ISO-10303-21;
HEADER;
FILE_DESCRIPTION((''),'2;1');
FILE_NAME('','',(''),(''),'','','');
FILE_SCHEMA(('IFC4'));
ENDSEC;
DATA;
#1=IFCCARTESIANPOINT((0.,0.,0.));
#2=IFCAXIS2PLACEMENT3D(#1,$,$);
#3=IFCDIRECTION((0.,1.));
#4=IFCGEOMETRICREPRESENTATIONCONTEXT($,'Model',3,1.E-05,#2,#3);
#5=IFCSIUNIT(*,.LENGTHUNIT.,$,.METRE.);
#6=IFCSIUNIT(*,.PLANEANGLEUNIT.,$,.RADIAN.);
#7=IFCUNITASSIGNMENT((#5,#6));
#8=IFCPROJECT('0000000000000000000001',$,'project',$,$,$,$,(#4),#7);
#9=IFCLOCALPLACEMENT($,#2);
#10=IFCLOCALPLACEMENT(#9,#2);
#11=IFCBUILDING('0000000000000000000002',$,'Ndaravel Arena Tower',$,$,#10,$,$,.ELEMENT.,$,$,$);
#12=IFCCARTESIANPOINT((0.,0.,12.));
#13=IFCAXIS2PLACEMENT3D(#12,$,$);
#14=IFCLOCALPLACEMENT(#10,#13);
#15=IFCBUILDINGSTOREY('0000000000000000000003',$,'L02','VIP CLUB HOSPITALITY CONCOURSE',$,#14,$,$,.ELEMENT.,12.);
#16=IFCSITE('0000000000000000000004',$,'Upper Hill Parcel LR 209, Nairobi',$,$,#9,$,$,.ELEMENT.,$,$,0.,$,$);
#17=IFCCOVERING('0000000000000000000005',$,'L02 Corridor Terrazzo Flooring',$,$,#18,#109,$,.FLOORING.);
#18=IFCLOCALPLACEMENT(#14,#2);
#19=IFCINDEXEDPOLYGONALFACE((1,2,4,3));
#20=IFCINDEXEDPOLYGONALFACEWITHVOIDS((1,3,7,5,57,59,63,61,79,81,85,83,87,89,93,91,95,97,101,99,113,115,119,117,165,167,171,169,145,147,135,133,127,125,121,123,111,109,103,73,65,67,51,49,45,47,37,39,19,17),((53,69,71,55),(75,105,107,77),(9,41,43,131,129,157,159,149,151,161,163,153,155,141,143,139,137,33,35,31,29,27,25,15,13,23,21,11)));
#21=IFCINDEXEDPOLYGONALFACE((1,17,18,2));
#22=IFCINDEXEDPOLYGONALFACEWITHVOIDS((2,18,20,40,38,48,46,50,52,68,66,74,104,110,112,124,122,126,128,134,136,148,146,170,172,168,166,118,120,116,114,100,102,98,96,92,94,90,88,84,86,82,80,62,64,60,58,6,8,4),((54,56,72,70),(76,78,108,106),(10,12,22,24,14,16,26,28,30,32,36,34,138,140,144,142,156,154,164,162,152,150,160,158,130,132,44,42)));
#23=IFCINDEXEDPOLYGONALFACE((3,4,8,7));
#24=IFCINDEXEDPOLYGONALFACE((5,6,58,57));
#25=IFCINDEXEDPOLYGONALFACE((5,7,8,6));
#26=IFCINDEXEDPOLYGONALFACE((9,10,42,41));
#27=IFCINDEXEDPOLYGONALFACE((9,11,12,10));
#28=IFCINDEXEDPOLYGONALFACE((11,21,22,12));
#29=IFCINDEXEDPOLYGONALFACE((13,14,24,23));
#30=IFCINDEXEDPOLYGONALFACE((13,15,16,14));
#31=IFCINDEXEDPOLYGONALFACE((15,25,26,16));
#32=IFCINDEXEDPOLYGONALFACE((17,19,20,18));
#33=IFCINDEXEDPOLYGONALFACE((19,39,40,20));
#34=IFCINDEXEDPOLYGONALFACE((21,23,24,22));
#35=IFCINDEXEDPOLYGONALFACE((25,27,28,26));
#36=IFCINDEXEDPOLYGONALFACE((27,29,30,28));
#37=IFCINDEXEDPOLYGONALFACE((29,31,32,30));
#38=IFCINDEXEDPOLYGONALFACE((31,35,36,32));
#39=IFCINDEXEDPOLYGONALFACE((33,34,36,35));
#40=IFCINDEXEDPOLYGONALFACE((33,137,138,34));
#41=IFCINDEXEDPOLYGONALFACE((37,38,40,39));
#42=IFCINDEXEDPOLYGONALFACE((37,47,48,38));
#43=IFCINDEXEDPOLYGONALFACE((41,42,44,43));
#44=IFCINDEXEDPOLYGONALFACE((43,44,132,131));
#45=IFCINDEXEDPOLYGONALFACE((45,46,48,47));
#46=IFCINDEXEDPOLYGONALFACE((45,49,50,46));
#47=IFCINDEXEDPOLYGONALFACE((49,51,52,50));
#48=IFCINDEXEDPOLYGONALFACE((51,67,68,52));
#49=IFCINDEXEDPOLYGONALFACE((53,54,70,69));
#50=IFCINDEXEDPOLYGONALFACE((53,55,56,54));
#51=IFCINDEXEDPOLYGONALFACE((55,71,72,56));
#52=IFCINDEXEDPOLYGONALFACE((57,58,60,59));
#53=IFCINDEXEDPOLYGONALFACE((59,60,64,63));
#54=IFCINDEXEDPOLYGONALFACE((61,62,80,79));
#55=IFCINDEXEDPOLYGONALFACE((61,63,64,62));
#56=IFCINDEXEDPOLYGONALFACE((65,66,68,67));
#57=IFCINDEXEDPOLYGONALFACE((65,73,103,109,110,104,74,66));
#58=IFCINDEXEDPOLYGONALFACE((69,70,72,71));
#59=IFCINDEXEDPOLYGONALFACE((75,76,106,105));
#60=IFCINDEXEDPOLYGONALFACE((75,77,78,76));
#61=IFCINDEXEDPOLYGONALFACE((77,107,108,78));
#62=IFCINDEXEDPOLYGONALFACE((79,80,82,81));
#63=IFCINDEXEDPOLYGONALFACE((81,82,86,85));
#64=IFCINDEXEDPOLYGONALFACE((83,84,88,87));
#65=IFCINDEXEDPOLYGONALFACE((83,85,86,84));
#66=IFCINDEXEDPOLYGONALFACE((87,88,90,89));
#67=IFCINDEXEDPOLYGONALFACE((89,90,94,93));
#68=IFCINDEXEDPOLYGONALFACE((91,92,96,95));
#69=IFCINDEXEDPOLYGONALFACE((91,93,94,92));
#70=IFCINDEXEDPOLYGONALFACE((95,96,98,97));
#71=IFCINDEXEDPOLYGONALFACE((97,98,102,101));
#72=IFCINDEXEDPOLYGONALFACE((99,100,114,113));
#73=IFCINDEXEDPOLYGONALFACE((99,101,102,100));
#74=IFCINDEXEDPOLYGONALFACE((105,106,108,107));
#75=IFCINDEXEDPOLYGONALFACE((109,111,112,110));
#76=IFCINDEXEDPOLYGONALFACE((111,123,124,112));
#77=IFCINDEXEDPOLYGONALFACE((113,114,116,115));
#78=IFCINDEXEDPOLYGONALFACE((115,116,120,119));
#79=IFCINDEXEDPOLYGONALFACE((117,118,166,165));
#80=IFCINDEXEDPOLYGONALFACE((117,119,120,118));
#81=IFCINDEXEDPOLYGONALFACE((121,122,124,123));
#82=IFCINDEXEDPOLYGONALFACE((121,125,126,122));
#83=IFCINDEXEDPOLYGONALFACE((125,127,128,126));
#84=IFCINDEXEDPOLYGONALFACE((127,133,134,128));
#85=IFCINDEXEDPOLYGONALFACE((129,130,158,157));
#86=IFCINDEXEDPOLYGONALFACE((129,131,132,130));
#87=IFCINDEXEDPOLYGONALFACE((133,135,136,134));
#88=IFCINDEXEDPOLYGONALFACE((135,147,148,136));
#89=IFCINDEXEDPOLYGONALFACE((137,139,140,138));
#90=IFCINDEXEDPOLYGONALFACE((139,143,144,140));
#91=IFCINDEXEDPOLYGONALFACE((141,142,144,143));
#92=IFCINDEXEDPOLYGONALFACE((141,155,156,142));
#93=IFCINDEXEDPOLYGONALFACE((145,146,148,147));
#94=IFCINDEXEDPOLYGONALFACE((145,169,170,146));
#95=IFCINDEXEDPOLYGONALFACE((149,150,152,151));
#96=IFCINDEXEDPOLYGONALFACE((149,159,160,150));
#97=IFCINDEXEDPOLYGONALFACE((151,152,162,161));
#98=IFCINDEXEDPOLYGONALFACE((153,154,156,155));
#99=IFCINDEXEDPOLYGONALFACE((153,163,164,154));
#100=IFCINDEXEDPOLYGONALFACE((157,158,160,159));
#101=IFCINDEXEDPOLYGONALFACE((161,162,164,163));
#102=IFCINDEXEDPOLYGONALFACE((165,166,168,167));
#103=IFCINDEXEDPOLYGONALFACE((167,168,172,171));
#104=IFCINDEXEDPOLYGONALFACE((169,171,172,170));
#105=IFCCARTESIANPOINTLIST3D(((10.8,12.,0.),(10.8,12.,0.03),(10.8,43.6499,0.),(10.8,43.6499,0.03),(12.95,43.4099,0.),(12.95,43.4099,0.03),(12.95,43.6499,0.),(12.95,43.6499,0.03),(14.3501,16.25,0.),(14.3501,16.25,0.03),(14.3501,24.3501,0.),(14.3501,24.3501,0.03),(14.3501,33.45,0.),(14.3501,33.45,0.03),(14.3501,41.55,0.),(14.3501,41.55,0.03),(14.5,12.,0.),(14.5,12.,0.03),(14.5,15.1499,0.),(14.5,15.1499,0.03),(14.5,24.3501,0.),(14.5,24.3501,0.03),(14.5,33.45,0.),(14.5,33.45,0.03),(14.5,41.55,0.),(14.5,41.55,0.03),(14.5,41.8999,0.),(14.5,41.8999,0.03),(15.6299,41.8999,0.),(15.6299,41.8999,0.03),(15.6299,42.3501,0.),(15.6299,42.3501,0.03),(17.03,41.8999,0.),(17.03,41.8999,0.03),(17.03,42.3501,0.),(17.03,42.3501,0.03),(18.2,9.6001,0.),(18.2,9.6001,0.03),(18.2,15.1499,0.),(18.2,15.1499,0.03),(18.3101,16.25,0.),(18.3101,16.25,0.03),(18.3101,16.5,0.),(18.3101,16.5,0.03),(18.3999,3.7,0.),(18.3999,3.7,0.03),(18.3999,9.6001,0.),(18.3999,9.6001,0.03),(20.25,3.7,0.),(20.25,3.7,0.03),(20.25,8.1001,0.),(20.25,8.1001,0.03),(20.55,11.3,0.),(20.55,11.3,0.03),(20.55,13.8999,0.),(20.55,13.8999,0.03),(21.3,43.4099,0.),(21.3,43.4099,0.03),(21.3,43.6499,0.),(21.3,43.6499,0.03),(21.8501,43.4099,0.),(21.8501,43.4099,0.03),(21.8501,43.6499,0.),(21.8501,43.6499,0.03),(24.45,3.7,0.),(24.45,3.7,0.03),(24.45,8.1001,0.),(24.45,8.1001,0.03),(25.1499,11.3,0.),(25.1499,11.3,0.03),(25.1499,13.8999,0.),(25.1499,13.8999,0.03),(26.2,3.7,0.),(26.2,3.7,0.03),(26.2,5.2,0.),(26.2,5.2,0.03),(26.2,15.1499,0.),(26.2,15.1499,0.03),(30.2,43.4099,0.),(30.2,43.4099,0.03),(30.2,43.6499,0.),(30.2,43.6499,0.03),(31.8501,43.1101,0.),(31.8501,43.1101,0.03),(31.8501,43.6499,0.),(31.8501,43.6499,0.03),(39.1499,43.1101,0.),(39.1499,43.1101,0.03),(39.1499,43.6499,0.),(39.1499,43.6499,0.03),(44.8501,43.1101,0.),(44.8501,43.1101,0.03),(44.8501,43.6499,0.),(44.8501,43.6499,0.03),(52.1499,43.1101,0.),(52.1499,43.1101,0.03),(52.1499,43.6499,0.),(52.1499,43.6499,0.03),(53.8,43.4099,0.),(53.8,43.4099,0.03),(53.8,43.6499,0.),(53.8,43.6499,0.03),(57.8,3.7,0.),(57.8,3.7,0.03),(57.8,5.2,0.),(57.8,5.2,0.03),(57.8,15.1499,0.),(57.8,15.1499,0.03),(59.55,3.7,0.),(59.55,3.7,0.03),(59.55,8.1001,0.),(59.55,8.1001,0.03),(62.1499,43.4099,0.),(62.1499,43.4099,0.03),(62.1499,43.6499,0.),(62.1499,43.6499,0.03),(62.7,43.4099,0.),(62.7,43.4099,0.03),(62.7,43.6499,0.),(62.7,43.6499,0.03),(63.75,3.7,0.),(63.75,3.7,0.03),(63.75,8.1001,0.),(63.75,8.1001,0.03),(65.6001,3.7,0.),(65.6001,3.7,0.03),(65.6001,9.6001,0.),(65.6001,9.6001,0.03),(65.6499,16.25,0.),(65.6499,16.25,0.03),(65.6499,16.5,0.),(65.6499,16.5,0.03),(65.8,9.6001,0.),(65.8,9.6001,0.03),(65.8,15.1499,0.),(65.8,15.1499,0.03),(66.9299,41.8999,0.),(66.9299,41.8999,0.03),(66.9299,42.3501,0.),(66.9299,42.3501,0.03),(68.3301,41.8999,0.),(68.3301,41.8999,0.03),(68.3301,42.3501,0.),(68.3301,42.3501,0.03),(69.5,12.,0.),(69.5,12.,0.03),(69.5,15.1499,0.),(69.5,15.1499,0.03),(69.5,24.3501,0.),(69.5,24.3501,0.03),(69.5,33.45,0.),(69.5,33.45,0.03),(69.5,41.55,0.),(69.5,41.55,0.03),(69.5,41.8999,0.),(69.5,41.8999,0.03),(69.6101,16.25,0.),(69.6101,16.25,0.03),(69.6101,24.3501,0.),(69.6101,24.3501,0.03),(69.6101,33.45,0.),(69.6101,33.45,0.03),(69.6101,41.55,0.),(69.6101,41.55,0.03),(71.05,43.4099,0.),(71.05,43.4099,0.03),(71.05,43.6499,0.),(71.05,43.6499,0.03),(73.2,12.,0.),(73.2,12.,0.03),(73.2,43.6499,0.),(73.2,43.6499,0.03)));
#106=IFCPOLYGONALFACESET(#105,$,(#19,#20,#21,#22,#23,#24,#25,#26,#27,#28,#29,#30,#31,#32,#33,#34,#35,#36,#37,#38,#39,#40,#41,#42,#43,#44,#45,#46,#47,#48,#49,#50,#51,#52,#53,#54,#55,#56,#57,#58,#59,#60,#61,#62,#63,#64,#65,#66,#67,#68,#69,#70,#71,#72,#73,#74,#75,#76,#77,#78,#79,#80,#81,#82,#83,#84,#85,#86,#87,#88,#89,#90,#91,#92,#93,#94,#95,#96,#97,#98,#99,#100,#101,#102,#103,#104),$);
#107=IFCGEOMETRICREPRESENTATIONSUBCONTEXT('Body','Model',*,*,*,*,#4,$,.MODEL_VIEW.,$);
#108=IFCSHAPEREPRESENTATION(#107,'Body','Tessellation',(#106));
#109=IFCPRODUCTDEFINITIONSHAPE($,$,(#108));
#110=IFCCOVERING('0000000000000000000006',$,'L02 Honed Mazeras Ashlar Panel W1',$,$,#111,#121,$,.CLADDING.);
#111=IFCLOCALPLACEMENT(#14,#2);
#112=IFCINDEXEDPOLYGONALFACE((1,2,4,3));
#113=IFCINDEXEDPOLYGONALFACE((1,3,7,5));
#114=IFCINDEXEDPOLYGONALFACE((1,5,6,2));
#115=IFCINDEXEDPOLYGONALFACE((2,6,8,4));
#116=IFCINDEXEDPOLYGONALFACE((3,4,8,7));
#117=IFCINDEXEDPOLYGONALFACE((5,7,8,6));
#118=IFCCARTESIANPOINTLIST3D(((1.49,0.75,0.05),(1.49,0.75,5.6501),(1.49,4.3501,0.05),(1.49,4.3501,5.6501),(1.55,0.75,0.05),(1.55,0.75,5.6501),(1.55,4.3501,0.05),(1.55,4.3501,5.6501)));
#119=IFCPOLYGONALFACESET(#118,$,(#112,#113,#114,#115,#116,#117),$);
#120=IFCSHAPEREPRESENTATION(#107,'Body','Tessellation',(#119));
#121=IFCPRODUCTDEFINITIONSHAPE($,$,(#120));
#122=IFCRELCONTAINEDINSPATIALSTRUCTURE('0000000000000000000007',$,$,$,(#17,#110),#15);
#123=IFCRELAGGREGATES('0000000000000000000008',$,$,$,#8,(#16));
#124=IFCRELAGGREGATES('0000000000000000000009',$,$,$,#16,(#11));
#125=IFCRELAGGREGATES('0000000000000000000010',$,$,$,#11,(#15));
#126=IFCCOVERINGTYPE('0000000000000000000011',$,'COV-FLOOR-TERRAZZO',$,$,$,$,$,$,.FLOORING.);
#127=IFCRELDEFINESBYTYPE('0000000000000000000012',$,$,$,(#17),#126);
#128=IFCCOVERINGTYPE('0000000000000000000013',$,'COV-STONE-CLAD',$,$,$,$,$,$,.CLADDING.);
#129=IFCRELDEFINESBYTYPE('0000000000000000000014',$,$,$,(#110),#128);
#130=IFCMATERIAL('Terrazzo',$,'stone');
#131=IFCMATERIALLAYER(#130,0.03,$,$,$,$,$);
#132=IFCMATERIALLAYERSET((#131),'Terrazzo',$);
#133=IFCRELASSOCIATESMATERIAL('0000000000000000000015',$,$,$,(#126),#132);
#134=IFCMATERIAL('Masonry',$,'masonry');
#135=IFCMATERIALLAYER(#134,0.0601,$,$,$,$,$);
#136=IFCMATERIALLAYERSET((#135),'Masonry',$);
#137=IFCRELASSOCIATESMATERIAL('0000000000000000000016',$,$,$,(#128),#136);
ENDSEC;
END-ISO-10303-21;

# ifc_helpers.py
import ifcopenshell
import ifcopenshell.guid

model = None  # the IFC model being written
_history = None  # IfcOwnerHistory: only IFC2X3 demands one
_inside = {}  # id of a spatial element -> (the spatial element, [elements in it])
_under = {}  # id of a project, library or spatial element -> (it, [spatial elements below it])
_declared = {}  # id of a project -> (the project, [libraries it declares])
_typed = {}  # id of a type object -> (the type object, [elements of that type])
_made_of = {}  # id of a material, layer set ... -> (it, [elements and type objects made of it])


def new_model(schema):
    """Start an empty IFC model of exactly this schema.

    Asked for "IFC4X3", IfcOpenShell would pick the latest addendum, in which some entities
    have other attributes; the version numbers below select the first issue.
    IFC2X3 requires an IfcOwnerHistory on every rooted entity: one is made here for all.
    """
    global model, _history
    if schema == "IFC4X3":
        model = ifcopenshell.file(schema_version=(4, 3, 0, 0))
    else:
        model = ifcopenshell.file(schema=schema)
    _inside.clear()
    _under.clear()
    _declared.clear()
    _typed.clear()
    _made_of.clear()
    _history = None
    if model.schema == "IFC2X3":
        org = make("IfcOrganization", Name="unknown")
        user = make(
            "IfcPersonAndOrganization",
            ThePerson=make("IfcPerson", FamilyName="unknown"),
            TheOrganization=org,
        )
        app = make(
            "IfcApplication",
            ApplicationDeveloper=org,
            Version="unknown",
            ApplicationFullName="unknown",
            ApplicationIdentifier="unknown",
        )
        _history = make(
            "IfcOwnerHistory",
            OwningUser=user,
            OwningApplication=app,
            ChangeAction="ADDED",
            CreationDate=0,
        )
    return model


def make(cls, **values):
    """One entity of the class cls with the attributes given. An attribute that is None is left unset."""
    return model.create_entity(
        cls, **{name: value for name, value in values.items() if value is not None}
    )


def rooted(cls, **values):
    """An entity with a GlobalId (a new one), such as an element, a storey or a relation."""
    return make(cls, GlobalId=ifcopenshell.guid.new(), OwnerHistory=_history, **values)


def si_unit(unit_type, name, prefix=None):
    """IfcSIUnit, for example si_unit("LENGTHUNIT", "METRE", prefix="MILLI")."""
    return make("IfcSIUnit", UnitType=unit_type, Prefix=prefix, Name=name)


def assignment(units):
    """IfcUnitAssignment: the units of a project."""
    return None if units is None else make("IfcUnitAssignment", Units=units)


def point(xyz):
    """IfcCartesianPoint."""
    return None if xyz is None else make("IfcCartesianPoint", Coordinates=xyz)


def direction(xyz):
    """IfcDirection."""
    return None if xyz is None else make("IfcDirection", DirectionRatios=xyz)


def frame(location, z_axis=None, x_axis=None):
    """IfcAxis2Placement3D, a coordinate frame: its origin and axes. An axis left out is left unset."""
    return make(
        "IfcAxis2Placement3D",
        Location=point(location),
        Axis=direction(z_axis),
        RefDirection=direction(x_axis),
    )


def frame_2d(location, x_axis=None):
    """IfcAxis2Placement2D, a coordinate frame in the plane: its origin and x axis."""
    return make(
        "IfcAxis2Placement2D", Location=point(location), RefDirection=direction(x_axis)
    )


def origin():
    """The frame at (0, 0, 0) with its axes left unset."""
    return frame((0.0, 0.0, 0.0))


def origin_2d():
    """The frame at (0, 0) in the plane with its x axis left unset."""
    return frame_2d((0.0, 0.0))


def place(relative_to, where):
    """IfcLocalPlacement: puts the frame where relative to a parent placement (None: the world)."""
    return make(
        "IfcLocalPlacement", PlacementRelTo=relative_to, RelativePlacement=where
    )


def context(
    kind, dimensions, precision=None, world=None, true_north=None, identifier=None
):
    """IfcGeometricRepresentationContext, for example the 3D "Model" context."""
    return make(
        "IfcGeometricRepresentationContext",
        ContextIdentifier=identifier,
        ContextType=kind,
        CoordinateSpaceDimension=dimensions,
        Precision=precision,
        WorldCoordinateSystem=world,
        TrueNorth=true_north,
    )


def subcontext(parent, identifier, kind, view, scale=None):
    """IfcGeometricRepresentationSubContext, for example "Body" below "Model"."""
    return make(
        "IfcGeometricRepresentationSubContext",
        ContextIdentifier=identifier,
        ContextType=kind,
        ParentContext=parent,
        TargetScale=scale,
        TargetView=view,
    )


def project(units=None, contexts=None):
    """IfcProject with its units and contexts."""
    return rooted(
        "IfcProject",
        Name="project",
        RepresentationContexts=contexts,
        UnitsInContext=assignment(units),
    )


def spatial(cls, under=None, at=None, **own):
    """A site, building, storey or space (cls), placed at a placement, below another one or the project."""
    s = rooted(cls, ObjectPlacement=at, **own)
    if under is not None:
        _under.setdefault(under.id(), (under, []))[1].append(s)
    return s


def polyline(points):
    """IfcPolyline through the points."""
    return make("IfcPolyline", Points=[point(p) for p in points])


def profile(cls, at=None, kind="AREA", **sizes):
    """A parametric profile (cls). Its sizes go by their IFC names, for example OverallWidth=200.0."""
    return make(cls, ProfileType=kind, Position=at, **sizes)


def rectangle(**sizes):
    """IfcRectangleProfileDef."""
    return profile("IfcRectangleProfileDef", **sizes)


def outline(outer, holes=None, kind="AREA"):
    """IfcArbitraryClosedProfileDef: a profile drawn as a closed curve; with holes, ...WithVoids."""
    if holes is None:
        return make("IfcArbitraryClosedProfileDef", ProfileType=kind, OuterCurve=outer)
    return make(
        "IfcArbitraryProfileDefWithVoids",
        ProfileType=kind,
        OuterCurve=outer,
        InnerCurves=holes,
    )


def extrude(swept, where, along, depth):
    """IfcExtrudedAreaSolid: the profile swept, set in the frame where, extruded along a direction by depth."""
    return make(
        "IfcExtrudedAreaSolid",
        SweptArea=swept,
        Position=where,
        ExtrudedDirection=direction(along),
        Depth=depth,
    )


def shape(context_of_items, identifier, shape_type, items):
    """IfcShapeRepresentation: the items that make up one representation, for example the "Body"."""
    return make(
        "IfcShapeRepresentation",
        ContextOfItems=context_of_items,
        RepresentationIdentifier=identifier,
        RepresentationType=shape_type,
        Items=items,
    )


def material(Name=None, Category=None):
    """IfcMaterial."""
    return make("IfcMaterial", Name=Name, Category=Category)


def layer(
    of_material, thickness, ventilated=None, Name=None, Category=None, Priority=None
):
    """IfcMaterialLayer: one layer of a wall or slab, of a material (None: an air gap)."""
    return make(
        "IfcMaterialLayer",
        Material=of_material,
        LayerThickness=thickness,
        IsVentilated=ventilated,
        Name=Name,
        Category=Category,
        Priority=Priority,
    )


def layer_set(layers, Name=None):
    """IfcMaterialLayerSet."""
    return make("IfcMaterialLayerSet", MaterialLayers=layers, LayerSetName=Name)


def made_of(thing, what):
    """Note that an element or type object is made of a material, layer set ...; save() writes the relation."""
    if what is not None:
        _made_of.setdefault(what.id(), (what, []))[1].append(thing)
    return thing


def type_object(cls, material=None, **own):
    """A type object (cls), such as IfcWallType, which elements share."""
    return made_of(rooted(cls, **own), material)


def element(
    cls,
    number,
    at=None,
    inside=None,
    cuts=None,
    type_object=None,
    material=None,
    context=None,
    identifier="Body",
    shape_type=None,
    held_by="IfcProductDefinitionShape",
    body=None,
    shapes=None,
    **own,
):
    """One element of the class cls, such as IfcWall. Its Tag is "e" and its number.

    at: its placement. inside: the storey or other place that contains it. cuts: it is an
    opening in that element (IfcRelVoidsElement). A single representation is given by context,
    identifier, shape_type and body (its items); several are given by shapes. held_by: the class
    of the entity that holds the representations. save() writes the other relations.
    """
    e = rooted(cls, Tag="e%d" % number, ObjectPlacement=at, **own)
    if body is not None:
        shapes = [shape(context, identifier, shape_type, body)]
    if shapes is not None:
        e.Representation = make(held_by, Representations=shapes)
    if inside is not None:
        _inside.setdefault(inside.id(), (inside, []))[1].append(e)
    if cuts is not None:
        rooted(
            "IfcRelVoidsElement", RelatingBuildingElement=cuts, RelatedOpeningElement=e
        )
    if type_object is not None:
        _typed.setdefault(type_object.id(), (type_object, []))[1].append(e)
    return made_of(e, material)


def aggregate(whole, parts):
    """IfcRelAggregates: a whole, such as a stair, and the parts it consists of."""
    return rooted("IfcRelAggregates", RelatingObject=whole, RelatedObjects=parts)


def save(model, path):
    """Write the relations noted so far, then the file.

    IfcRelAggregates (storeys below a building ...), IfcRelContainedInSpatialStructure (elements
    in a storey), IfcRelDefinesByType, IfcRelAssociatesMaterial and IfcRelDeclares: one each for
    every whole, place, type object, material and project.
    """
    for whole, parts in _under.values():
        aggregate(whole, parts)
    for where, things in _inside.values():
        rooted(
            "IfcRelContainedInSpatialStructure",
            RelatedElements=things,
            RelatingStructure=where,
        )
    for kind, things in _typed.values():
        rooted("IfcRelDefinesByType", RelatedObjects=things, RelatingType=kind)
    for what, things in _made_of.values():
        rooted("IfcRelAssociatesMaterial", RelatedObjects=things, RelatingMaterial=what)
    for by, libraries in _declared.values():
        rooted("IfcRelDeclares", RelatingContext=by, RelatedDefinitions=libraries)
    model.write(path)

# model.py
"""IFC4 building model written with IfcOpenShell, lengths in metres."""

from ifc_helpers import new_model, si_unit, direction, frame, origin, origin_2d, place, context, subcontext, project, spatial, polyline, rectangle, outline, extrude, material, layer, layer_set, type_object, element, save


model = new_model("IFC4")

# Units and contexts
model_context = context("Model", 3, precision=1e-05, world=origin(), true_north=direction((0.0, 1.0)))
body_context = subcontext(model_context, "Body", "Model", "MODEL_VIEW")
ifc_project = project(units=[si_unit("LENGTHUNIT", "METRE"), si_unit("PLANEANGLEUNIT", "RADIAN")], contexts=[model_context])

# Site, building, storey
site_placement = place(None, origin())
site = spatial("IfcSite", under=ifc_project, at=site_placement, Name="Upper Hill Parcel LR 209, Nairobi", CompositionType="ELEMENT", RefElevation=0.0)
building_placement = place(site_placement, origin())
building = spatial("IfcBuilding", under=site, at=building_placement, Name="Ndaravel Arena Tower", CompositionType="ELEMENT")
storey_placement = place(building_placement, frame((0.0, 0.0, 12.0)))
storey = spatial("IfcBuildingStorey", under=building, at=storey_placement, Name="L02", Description="VIP CLUB HOSPITALITY CONCOURSE", CompositionType="ELEMENT", Elevation=12.0)

# Coverings
ifc_material_1 = material(Name="Terrazzo", Category="stone")
ifc_layer_1 = layer(ifc_material_1, 0.03)
ifc_layer_set_1 = layer_set([ifc_layer_1], Name="Terrazzo")
covering_type_1 = type_object("IfcCoveringType", Name="COV-FLOOR-TERRAZZO", PredefinedType="FLOORING", material=ifc_layer_set_1)
covering_1_placement = place(storey_placement, origin())
element("IfcCovering", 1, at=covering_1_placement, inside=storey, type_object=covering_type_1, Name="L02 Corridor Terrazzo Flooring", PredefinedType="FLOORING", context=body_context, shape_type="SweptSolid", body=[
    extrude(outline(polyline([(59.55, 3.7), (59.55, 8.1001), (63.75, 8.1001), (63.75, 3.7), (65.6001, 3.7), (65.6001, 9.6001), (65.8, 9.6001), (65.8, 15.1499), (69.5, 15.1499), (69.5, 12.0), (73.2, 12.0), (73.2, 43.6499), (71.05, 43.6499), (71.05, 43.4099), (62.7, 43.4099), (62.7, 43.6499), (62.1499, 43.6499), (62.1499, 43.4099), (53.8, 43.4099), (53.8, 43.6499), (52.1499, 43.6499), (52.1499, 43.1101), (44.8501, 43.1101), (44.8501, 43.6499), (39.1499, 43.6499), (39.1499, 43.1101), (31.8501, 43.1101), (31.8501, 43.6499), (30.2, 43.6499), (30.2, 43.4099), (21.8501, 43.4099), (21.8501, 43.6499), (21.3, 43.6499), (21.3, 43.4099), (12.95, 43.4099), (12.95, 43.6499), (10.8, 43.6499), (10.8, 12.0), (14.5, 12.0), (14.5, 15.1499), (18.2, 15.1499), (18.2, 9.6001), (18.3999, 9.6001), (18.3999, 3.7), (20.25, 3.7), (20.25, 8.1001), (24.45, 8.1001), (24.45, 3.7), (26.2, 3.7), (57.8, 3.7), (59.55, 3.7)]), holes=[polyline([(69.5, 41.8999), (69.5, 41.55), (69.6101, 41.55), (69.6101, 33.45), (69.5, 33.45), (69.5, 24.3501), (69.6101, 24.3501), (69.6101, 16.25), (65.6499, 16.25), (65.6499, 16.5), (18.3101, 16.5), (18.3101, 16.25), (14.3501, 16.25), (14.3501, 24.3501), (14.5, 24.3501), (14.5, 33.45), (14.3501, 33.45), (14.3501, 41.55), (14.5, 41.55), (14.5, 41.8999), (15.6299, 41.8999), (15.6299, 42.3501), (17.03, 42.3501), (17.03, 41.8999), (66.9299, 41.8999), (66.9299, 42.3501), (68.3301, 42.3501), (68.3301, 41.8999), (69.5, 41.8999)]), polyline([(26.2, 15.1499), (57.8, 15.1499), (57.8, 5.2), (26.2, 5.2), (26.2, 15.1499)]), polyline([(25.1499, 13.8999), (25.1499, 11.3), (20.55, 11.3), (20.55, 13.8999), (25.1499, 13.8999)])]), origin(), (0.0, 0.0, 1.0), 0.03),
])
ifc_material_2 = material(Name="Masonry", Category="masonry")
ifc_layer_2 = layer(ifc_material_2, 0.0601)
ifc_layer_set_2 = layer_set([ifc_layer_2], Name="Masonry")
covering_type_2 = type_object("IfcCoveringType", Name="COV-STONE-CLAD", PredefinedType="CLADDING", material=ifc_layer_set_2)
covering_2_placement = place(storey_placement, frame((1.52, 2.55, 0.05), z_axis=(0.0, 0.0, 1.0), x_axis=(1.0, 0.0, 0.0)))
element("IfcCovering", 2, at=covering_2_placement, inside=storey, type_object=covering_type_2, Name="L02 Honed Mazeras Ashlar Panel W1", PredefinedType="CLADDING", context=body_context, shape_type="SweptSolid", body=[
    extrude(rectangle(XDim=0.0601, YDim=3.6001, at=origin_2d()), origin(), (0.0, 0.0, 1.0), 5.6001),
])

save(model, "model.ifc")
